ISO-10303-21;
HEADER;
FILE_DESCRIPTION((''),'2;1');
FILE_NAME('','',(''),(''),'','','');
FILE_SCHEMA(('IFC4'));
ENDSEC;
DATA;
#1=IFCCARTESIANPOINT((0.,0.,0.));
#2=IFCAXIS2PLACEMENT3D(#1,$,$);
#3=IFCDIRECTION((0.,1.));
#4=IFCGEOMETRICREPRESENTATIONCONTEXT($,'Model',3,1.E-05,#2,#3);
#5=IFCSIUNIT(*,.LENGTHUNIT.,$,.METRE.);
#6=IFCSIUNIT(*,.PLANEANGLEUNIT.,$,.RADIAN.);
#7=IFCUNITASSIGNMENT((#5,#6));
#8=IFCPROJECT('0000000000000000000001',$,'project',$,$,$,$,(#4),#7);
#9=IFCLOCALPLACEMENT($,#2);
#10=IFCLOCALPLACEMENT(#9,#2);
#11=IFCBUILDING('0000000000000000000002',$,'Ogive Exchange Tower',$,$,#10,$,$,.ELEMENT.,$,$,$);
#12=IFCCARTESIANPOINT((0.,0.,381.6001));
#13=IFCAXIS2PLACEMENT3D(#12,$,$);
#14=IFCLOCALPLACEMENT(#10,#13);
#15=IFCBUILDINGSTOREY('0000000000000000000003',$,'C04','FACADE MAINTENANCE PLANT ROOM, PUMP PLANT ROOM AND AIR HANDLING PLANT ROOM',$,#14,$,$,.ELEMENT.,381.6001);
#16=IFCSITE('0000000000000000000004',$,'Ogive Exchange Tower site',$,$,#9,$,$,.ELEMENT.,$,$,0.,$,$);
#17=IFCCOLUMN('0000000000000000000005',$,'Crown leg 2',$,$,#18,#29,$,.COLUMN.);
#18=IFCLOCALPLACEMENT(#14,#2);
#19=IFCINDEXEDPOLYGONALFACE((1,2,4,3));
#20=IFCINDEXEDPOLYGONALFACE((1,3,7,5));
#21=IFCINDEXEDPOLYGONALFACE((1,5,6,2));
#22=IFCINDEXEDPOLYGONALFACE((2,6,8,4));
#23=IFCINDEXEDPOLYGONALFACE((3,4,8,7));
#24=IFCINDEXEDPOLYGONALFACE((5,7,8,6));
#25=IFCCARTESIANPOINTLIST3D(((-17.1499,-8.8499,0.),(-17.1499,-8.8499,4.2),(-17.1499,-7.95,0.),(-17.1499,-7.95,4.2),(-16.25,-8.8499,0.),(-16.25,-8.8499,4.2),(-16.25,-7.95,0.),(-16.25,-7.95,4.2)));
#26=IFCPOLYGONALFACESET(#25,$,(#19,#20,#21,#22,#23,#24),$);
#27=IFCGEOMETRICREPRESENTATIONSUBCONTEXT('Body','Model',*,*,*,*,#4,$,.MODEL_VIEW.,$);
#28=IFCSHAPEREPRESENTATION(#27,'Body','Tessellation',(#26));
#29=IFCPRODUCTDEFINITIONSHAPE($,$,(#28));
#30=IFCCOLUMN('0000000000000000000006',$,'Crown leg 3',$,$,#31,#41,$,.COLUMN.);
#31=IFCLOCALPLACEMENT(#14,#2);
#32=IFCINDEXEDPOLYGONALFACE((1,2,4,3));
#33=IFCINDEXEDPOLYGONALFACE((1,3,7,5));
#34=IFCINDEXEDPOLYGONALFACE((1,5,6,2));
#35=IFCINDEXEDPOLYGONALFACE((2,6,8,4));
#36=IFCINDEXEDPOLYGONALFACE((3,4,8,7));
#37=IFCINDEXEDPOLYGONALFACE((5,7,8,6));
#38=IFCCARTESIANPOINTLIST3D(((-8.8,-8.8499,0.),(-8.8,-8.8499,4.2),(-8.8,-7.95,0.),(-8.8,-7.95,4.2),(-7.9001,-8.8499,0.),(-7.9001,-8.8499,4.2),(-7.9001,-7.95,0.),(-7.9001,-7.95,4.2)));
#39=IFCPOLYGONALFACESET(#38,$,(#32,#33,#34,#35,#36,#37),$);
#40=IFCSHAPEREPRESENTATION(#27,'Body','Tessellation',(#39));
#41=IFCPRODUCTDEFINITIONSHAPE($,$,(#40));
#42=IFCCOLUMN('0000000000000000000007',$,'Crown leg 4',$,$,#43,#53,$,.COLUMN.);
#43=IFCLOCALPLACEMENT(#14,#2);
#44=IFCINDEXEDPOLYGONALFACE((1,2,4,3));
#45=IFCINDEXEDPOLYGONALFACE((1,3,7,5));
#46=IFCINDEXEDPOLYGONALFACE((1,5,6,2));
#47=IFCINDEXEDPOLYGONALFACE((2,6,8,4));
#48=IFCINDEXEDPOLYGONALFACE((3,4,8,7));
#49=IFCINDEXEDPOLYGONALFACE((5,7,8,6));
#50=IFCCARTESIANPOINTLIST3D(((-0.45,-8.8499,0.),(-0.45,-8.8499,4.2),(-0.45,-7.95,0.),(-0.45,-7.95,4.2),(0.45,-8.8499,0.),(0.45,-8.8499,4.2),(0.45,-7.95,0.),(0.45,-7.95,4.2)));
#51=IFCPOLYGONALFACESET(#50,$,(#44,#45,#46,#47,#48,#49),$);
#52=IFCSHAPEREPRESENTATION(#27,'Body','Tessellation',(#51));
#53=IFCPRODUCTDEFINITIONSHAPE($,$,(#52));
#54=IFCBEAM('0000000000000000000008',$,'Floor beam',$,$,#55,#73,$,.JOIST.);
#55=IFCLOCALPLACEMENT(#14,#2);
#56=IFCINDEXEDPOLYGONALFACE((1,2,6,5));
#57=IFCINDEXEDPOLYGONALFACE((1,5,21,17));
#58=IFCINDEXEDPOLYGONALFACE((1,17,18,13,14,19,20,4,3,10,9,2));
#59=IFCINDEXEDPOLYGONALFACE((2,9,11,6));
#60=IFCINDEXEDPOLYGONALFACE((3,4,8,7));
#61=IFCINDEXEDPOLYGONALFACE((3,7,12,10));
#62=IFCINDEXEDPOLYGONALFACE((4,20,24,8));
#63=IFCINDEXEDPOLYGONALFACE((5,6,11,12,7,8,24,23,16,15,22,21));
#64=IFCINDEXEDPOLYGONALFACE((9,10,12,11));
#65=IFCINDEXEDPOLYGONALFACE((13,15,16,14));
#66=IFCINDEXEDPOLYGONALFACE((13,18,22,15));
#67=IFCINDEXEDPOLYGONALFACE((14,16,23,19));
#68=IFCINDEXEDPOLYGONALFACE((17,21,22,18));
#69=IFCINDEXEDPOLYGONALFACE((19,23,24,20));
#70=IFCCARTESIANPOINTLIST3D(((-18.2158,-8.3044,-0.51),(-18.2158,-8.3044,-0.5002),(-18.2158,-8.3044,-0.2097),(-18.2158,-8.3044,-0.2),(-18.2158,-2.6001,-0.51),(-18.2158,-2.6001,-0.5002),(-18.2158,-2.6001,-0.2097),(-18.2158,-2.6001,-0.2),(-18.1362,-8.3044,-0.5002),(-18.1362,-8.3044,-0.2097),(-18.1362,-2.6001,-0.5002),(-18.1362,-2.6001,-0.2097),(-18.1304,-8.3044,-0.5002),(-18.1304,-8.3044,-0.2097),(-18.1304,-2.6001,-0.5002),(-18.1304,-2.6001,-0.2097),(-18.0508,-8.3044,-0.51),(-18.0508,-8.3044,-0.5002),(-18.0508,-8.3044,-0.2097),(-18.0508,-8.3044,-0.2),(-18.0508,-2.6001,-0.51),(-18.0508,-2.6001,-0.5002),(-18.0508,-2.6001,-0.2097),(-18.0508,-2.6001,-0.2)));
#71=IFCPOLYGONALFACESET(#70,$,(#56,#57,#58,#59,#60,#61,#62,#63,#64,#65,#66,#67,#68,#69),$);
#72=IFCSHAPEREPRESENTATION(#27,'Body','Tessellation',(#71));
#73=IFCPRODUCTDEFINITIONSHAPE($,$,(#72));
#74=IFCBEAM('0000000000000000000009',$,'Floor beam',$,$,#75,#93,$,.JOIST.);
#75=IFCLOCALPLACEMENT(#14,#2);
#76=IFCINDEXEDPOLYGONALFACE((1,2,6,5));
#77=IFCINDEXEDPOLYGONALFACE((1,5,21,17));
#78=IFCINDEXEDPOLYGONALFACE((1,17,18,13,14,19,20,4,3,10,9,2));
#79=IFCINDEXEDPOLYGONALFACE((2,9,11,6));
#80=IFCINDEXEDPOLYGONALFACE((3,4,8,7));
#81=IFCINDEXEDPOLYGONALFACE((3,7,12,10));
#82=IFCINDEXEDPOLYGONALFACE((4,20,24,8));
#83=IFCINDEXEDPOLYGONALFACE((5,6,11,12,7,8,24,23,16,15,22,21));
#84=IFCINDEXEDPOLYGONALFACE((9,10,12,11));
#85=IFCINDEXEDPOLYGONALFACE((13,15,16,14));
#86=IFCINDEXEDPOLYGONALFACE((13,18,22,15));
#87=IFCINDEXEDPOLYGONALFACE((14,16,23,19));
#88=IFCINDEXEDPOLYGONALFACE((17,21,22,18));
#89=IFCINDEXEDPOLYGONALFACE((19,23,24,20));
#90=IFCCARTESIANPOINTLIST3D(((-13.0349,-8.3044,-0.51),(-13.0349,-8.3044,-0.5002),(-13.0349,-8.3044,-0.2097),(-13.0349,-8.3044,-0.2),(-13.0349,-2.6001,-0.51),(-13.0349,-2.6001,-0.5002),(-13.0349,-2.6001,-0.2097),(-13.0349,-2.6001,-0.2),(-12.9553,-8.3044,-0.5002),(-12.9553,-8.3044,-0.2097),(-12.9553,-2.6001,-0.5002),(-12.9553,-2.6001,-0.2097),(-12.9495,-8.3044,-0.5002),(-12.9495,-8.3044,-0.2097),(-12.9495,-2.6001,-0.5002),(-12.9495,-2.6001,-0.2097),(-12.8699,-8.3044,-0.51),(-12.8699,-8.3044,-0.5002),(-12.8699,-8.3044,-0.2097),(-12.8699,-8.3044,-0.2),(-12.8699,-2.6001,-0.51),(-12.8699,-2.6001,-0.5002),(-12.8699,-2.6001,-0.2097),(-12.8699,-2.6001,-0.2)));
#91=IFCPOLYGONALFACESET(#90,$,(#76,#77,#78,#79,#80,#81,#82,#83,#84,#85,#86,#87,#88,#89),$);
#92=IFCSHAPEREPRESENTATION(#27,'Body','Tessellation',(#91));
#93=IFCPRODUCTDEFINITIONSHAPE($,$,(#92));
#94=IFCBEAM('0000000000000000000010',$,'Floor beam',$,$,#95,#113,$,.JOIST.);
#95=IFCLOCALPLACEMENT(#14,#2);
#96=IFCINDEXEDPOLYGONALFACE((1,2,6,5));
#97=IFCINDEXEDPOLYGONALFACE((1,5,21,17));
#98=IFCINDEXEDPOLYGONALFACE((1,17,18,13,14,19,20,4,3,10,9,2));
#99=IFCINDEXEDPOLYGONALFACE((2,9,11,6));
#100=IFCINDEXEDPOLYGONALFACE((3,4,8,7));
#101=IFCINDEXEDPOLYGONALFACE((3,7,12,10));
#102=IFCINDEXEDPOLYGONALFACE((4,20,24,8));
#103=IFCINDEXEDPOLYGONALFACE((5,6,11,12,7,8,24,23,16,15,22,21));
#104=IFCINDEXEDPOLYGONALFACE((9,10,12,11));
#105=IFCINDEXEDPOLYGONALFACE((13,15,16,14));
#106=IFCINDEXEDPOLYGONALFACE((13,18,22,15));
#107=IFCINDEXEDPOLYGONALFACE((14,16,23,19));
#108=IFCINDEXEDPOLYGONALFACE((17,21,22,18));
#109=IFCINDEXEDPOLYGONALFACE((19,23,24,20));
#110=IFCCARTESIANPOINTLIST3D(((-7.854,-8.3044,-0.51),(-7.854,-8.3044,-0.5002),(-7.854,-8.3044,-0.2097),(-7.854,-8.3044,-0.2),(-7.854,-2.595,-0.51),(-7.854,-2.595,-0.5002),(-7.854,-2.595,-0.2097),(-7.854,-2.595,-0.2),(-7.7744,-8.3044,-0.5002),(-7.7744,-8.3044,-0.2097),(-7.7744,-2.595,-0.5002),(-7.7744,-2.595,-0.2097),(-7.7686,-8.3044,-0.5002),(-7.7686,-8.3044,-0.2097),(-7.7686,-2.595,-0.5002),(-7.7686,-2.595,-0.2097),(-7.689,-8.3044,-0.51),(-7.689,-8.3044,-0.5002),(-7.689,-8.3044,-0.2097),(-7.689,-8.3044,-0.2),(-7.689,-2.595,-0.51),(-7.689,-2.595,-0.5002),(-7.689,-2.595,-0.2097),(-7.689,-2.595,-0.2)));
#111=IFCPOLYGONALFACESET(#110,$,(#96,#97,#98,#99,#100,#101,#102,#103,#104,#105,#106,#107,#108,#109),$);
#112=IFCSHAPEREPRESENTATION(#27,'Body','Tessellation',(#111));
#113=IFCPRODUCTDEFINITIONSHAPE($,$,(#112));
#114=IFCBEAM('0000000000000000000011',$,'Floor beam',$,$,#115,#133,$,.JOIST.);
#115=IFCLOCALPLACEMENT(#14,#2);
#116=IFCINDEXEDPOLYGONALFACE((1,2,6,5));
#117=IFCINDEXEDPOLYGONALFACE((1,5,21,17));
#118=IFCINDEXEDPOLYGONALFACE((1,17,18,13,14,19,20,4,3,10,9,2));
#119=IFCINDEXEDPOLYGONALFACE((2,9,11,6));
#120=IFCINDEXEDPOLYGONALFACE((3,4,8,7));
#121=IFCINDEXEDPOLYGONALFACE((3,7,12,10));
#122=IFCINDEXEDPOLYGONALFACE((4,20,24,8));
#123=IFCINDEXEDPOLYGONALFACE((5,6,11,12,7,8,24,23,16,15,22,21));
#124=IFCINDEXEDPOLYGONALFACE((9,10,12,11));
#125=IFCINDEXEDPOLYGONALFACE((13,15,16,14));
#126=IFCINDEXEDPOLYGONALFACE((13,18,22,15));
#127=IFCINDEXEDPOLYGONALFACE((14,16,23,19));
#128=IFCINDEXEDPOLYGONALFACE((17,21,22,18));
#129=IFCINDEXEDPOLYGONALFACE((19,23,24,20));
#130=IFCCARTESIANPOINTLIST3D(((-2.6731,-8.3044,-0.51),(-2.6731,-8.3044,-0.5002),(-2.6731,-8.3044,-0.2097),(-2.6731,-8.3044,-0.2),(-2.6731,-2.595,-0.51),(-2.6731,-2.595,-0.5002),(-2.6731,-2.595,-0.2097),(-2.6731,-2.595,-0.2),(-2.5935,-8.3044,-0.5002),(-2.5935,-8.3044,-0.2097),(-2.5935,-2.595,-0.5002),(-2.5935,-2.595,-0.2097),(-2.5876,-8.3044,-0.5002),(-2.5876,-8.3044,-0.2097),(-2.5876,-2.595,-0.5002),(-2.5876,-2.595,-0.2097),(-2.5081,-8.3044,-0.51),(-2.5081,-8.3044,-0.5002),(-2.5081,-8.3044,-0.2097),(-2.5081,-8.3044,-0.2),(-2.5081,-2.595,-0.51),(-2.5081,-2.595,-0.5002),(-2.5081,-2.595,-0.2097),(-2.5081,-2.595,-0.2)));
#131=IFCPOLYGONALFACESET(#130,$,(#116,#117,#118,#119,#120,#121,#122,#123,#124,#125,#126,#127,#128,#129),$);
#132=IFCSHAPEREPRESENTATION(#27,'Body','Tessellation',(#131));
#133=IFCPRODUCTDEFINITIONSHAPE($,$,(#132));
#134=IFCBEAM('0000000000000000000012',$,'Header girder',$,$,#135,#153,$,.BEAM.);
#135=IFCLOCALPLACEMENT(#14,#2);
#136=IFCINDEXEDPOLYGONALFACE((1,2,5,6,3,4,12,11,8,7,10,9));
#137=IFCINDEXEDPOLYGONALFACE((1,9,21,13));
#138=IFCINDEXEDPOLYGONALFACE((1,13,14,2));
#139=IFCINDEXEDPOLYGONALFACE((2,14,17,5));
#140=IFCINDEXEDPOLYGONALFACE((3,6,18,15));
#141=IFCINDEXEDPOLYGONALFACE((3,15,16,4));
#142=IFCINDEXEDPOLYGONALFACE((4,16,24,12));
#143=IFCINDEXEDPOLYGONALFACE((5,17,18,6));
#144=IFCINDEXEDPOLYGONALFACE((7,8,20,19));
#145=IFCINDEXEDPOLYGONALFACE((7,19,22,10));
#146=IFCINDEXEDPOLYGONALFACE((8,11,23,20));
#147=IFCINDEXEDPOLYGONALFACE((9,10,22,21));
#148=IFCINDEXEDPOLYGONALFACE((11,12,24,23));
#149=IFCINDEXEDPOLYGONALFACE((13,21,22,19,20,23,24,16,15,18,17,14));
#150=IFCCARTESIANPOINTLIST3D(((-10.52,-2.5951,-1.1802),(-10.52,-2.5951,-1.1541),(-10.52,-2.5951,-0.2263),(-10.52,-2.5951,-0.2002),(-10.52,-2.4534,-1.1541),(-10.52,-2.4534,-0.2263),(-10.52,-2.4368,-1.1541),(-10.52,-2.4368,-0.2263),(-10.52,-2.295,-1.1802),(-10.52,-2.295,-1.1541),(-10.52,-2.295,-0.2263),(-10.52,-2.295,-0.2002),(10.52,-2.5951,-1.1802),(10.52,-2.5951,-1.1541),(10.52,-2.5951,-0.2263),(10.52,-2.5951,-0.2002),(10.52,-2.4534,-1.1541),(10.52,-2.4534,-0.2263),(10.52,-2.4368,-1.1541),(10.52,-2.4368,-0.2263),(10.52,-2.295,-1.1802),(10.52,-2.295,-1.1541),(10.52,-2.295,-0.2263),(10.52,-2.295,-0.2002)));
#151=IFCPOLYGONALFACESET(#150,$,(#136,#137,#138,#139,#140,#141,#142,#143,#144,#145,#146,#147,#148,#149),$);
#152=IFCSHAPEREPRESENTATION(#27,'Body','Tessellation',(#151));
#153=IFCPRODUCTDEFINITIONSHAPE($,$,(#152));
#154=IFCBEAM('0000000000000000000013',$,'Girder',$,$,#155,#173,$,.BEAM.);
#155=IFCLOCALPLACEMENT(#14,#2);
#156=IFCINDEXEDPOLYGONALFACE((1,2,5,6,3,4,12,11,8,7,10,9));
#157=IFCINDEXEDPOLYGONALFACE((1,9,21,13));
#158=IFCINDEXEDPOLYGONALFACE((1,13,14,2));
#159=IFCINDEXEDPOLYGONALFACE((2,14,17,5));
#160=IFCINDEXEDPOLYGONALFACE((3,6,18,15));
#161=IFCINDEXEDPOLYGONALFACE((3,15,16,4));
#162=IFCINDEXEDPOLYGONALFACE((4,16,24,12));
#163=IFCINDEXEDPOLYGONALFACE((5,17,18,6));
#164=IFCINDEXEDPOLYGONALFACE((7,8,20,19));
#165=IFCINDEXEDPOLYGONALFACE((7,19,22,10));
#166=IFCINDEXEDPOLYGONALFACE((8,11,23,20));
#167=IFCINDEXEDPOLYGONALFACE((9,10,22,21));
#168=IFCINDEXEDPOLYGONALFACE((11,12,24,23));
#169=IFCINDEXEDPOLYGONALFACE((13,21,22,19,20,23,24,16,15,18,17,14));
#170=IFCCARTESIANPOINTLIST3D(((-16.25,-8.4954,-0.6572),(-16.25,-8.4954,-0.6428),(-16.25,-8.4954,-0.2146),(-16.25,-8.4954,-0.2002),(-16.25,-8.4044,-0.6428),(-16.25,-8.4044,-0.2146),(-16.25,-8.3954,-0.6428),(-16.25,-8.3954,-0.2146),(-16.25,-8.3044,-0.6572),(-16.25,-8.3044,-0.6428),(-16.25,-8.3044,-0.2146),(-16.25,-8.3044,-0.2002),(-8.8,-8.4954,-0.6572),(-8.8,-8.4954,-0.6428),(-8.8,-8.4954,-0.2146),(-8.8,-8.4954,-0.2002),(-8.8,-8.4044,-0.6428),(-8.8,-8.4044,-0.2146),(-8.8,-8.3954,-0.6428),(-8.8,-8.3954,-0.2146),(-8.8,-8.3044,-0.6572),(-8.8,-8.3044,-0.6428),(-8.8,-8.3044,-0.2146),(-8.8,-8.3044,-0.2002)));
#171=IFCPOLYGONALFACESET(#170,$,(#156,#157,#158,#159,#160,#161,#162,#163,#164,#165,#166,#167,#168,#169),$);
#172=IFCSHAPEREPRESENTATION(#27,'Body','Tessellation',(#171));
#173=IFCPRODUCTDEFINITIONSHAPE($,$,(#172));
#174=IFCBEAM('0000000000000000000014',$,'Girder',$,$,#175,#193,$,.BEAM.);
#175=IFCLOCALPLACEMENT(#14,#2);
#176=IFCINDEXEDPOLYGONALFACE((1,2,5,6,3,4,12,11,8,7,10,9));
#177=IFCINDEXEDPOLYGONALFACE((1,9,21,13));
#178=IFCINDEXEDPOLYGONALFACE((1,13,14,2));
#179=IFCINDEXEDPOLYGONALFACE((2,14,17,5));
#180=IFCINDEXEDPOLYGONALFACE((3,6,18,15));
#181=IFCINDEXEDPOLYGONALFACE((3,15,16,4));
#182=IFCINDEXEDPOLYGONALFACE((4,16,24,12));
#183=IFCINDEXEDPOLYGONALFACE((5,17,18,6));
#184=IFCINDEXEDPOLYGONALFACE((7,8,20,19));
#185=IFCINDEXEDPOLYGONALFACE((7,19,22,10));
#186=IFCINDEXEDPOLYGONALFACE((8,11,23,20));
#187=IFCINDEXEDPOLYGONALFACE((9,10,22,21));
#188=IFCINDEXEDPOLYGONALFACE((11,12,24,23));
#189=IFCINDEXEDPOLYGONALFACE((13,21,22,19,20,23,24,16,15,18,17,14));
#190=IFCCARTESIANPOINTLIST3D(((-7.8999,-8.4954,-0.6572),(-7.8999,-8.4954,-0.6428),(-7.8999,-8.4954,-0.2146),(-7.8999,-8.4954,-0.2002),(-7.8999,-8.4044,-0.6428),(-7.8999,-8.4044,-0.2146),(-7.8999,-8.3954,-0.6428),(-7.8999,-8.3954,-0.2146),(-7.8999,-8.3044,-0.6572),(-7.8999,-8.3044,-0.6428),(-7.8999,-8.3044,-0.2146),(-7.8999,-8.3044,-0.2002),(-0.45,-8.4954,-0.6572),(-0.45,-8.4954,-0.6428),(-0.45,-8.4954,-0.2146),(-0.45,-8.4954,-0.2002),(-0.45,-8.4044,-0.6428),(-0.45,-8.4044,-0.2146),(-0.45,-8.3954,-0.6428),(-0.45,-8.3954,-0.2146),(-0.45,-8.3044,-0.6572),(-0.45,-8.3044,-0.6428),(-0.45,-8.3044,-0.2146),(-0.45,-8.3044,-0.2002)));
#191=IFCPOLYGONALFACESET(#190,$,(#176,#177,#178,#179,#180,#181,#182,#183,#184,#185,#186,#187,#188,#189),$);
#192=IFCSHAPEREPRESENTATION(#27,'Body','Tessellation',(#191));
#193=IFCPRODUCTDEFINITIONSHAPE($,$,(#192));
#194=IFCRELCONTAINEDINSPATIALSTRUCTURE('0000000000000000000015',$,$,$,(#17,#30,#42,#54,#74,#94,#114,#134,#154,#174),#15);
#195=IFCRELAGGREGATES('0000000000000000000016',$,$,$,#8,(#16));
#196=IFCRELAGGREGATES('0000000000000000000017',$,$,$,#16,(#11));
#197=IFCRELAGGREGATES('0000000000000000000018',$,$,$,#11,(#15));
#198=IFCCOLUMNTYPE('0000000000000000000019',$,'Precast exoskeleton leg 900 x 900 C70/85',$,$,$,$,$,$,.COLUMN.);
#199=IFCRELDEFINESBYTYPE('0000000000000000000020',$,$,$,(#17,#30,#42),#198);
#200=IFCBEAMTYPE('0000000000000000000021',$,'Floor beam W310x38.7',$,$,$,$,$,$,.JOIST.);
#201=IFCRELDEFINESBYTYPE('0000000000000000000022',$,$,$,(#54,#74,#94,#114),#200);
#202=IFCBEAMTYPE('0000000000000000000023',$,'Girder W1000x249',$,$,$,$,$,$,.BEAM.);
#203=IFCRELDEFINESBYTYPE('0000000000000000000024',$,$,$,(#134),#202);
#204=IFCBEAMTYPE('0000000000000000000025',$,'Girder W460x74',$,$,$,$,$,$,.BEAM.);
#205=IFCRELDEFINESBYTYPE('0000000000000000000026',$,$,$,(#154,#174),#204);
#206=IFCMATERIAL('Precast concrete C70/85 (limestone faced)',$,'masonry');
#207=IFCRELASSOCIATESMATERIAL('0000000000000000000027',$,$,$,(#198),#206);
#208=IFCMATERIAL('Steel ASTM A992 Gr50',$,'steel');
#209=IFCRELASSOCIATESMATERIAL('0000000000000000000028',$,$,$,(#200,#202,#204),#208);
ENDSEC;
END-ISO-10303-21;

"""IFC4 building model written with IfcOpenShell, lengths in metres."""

from ifc_helpers import new_model, si_unit, direction, frame, origin, origin_2d, place, context, subcontext, project, spatial, rectangle, i_section, extrude, material, material_profile, profile_set, type_object, element, save


model = new_model("IFC4")

# Units and contexts
model_context = context("Model", 3, precision=1e-05, world=origin(), true_north=direction((0.0, 1.0)))
body_context = subcontext(model_context, "Body", "Model", "MODEL_VIEW")
ifc_project = project(units=[si_unit("LENGTHUNIT", "METRE"), si_unit("PLANEANGLEUNIT", "RADIAN")], contexts=[model_context])

# Site, building, storey
site_placement = place(None, origin())
site = spatial("IfcSite", under=ifc_project, at=site_placement, Name="Ogive Exchange Tower site", CompositionType="ELEMENT", RefElevation=0.0)
building_placement = place(site_placement, origin())
building = spatial("IfcBuilding", under=site, at=building_placement, Name="Ogive Exchange Tower", CompositionType="ELEMENT")
storey_placement = place(building_placement, frame((0.0, 0.0, 381.6001)))
storey = spatial("IfcBuildingStorey", under=building, at=storey_placement, Name="C04", Description="FACADE MAINTENANCE PLANT ROOM, PUMP PLANT ROOM AND AIR HANDLING PLANT ROOM", CompositionType="ELEMENT", Elevation=381.6001)

# Columns
ifc_material_1 = material(Name="Precast concrete C70/85 (limestone faced)", Category="masonry")
ifc_material_profile_1 = material_profile(ifc_material_1, rectangle(XDim=0.8999, YDim=0.8999, at=origin_2d()), Name="900 x 900")
ifc_profile_set_1 = profile_set([ifc_material_profile_1], Name="Precast concrete C70/85 (limestone faced)")
column_type = type_object("IfcColumnType", Name="Precast exoskeleton leg 900 x 900 C70/85", PredefinedType="COLUMN", material=ifc_profile_set_1)
for number, where, z_axis, x_axis, name in (
    (1, (-16.7, -8.3999, 0.0), (0.0, 0.0, 1.0), (1.0, 0.0, 0.0), "Crown leg 2"),
    (2, (-8.3501, -8.3999, 0.0), (0.0, 0.0, 1.0), (1.0, 0.0, 0.0), "Crown leg 3"),
    (3, (0.0, -8.3999, 0.0), (0.0, 0.0, 1.0), (1.0, 0.0, 0.0), "Crown leg 4"),
):
    element("IfcColumn", number, at=place(storey_placement, frame(where, z_axis=z_axis, x_axis=x_axis)), inside=storey, type_object=column_type, Name=name, PredefinedType="COLUMN", context=body_context, shape_type="SweptSolid", body=[
        extrude(rectangle(XDim=0.8999, YDim=0.8999, at=origin_2d()), origin(), (0.0, 0.0, 1.0), 4.2),
    ])

# Beams
ifc_material_2 = material(Name="Steel ASTM A992 Gr50", Category="steel")
ifc_material_profile_2 = material_profile(ifc_material_2, i_section(OverallWidth=0.165, OverallDepth=0.3101, WebThickness=0.0059, FlangeThickness=0.0098, at=origin_2d()), Name="W310x38.7")
ifc_profile_set_2 = profile_set([ifc_material_profile_2], Name="Steel ASTM A992 Gr50")
beam_type_1 = type_object("IfcBeamType", Name="Floor beam W310x38.7", PredefinedType="JOIST", material=ifc_profile_set_2)
for number, where, z_axis, x_axis, name in (
    (4, (-18.1333, -8.3044, -0.355), (0.0, 1.0, 0.0), (-1.0, 0.0, 0.0), "Floor beam"),
    (5, (-12.9524, -8.3044, -0.355), (0.0, 1.0, 0.0), (-1.0, 0.0, 0.0), "Floor beam"),
):
    element("IfcBeam", number, at=place(storey_placement, frame(where, z_axis=z_axis, x_axis=x_axis)), inside=storey, type_object=beam_type_1, Name=name, PredefinedType="JOIST", context=body_context, shape_type="SweptSolid", body=[
        extrude(i_section(OverallWidth=0.165, OverallDepth=0.3101, WebThickness=0.0059, FlangeThickness=0.0098, at=origin_2d()), origin(), (0.0, 0.0, 1.0), 5.7043),
    ])
for number, where, z_axis, x_axis, name in (
    (6, (-7.7715, -8.3044, -0.355), (0.0, 1.0, 0.0), (-1.0, 0.0, 0.0), "Floor beam"),
    (7, (-2.5906, -8.3044, -0.355), (0.0, 1.0, 0.0), (-1.0, 0.0, 0.0), "Floor beam"),
):
    element("IfcBeam", number, at=place(storey_placement, frame(where, z_axis=z_axis, x_axis=x_axis)), inside=storey, type_object=beam_type_1, Name=name, PredefinedType="JOIST", context=body_context, shape_type="SweptSolid", body=[
        extrude(i_section(OverallWidth=0.165, OverallDepth=0.3101, WebThickness=0.0059, FlangeThickness=0.0098, at=origin_2d()), origin(), (0.0, 0.0, 1.0), 5.7095),
    ])
ifc_material_profile_3 = material_profile(ifc_material_2, i_section(OverallWidth=0.3, OverallDepth=0.98, WebThickness=0.0166, FlangeThickness=0.0261, at=origin_2d()), Name="W1000x249")
ifc_profile_set_3 = profile_set([ifc_material_profile_3], Name="Steel ASTM A992 Gr50")
beam_type_2 = type_object("IfcBeamType", Name="Girder W1000x249", PredefinedType="BEAM", material=ifc_profile_set_3)
beam_placement = place(storey_placement, frame((-10.52, -2.4451, -0.6902), z_axis=(1.0, 0.0, 0.0), x_axis=(0.0, 1.0, 0.0)))
element("IfcBeam", 8, at=beam_placement, inside=storey, type_object=beam_type_2, Name="Header girder", PredefinedType="BEAM", context=body_context, shape_type="SweptSolid", body=[
    extrude(i_section(OverallWidth=0.3, OverallDepth=0.98, WebThickness=0.0166, FlangeThickness=0.0261, at=origin_2d()), origin(), (0.0, 0.0, 1.0), 21.04),
])
ifc_material_profile_4 = material_profile(ifc_material_2, i_section(OverallWidth=0.1909, OverallDepth=0.457, WebThickness=0.009, FlangeThickness=0.0144, at=origin_2d()), Name="W460x74")
ifc_profile_set_4 = profile_set([ifc_material_profile_4], Name="Steel ASTM A992 Gr50")
beam_type_3 = type_object("IfcBeamType", Name="Girder W460x74", PredefinedType="BEAM", material=ifc_profile_set_4)
for number, where, z_axis, x_axis, name in (
    (9, (-16.25, -8.3999, -0.4287), (1.0, 0.0, 0.0), (0.0, 1.0, 0.0), "Girder"),
    (10, (-7.8999, -8.3999, -0.4287), (1.0, 0.0, 0.0), (0.0, 1.0, 0.0), "Girder"),
):
    element("IfcBeam", number, at=place(storey_placement, frame(where, z_axis=z_axis, x_axis=x_axis)), inside=storey, type_object=beam_type_3, Name=name, PredefinedType="BEAM", context=body_context, shape_type="SweptSolid", body=[
        extrude(i_section(OverallWidth=0.1909, OverallDepth=0.457, WebThickness=0.009, FlangeThickness=0.0144, at=origin_2d()), origin(), (0.0, 0.0, 1.0), 7.45),
    ])

save(model, "model.ifc")
